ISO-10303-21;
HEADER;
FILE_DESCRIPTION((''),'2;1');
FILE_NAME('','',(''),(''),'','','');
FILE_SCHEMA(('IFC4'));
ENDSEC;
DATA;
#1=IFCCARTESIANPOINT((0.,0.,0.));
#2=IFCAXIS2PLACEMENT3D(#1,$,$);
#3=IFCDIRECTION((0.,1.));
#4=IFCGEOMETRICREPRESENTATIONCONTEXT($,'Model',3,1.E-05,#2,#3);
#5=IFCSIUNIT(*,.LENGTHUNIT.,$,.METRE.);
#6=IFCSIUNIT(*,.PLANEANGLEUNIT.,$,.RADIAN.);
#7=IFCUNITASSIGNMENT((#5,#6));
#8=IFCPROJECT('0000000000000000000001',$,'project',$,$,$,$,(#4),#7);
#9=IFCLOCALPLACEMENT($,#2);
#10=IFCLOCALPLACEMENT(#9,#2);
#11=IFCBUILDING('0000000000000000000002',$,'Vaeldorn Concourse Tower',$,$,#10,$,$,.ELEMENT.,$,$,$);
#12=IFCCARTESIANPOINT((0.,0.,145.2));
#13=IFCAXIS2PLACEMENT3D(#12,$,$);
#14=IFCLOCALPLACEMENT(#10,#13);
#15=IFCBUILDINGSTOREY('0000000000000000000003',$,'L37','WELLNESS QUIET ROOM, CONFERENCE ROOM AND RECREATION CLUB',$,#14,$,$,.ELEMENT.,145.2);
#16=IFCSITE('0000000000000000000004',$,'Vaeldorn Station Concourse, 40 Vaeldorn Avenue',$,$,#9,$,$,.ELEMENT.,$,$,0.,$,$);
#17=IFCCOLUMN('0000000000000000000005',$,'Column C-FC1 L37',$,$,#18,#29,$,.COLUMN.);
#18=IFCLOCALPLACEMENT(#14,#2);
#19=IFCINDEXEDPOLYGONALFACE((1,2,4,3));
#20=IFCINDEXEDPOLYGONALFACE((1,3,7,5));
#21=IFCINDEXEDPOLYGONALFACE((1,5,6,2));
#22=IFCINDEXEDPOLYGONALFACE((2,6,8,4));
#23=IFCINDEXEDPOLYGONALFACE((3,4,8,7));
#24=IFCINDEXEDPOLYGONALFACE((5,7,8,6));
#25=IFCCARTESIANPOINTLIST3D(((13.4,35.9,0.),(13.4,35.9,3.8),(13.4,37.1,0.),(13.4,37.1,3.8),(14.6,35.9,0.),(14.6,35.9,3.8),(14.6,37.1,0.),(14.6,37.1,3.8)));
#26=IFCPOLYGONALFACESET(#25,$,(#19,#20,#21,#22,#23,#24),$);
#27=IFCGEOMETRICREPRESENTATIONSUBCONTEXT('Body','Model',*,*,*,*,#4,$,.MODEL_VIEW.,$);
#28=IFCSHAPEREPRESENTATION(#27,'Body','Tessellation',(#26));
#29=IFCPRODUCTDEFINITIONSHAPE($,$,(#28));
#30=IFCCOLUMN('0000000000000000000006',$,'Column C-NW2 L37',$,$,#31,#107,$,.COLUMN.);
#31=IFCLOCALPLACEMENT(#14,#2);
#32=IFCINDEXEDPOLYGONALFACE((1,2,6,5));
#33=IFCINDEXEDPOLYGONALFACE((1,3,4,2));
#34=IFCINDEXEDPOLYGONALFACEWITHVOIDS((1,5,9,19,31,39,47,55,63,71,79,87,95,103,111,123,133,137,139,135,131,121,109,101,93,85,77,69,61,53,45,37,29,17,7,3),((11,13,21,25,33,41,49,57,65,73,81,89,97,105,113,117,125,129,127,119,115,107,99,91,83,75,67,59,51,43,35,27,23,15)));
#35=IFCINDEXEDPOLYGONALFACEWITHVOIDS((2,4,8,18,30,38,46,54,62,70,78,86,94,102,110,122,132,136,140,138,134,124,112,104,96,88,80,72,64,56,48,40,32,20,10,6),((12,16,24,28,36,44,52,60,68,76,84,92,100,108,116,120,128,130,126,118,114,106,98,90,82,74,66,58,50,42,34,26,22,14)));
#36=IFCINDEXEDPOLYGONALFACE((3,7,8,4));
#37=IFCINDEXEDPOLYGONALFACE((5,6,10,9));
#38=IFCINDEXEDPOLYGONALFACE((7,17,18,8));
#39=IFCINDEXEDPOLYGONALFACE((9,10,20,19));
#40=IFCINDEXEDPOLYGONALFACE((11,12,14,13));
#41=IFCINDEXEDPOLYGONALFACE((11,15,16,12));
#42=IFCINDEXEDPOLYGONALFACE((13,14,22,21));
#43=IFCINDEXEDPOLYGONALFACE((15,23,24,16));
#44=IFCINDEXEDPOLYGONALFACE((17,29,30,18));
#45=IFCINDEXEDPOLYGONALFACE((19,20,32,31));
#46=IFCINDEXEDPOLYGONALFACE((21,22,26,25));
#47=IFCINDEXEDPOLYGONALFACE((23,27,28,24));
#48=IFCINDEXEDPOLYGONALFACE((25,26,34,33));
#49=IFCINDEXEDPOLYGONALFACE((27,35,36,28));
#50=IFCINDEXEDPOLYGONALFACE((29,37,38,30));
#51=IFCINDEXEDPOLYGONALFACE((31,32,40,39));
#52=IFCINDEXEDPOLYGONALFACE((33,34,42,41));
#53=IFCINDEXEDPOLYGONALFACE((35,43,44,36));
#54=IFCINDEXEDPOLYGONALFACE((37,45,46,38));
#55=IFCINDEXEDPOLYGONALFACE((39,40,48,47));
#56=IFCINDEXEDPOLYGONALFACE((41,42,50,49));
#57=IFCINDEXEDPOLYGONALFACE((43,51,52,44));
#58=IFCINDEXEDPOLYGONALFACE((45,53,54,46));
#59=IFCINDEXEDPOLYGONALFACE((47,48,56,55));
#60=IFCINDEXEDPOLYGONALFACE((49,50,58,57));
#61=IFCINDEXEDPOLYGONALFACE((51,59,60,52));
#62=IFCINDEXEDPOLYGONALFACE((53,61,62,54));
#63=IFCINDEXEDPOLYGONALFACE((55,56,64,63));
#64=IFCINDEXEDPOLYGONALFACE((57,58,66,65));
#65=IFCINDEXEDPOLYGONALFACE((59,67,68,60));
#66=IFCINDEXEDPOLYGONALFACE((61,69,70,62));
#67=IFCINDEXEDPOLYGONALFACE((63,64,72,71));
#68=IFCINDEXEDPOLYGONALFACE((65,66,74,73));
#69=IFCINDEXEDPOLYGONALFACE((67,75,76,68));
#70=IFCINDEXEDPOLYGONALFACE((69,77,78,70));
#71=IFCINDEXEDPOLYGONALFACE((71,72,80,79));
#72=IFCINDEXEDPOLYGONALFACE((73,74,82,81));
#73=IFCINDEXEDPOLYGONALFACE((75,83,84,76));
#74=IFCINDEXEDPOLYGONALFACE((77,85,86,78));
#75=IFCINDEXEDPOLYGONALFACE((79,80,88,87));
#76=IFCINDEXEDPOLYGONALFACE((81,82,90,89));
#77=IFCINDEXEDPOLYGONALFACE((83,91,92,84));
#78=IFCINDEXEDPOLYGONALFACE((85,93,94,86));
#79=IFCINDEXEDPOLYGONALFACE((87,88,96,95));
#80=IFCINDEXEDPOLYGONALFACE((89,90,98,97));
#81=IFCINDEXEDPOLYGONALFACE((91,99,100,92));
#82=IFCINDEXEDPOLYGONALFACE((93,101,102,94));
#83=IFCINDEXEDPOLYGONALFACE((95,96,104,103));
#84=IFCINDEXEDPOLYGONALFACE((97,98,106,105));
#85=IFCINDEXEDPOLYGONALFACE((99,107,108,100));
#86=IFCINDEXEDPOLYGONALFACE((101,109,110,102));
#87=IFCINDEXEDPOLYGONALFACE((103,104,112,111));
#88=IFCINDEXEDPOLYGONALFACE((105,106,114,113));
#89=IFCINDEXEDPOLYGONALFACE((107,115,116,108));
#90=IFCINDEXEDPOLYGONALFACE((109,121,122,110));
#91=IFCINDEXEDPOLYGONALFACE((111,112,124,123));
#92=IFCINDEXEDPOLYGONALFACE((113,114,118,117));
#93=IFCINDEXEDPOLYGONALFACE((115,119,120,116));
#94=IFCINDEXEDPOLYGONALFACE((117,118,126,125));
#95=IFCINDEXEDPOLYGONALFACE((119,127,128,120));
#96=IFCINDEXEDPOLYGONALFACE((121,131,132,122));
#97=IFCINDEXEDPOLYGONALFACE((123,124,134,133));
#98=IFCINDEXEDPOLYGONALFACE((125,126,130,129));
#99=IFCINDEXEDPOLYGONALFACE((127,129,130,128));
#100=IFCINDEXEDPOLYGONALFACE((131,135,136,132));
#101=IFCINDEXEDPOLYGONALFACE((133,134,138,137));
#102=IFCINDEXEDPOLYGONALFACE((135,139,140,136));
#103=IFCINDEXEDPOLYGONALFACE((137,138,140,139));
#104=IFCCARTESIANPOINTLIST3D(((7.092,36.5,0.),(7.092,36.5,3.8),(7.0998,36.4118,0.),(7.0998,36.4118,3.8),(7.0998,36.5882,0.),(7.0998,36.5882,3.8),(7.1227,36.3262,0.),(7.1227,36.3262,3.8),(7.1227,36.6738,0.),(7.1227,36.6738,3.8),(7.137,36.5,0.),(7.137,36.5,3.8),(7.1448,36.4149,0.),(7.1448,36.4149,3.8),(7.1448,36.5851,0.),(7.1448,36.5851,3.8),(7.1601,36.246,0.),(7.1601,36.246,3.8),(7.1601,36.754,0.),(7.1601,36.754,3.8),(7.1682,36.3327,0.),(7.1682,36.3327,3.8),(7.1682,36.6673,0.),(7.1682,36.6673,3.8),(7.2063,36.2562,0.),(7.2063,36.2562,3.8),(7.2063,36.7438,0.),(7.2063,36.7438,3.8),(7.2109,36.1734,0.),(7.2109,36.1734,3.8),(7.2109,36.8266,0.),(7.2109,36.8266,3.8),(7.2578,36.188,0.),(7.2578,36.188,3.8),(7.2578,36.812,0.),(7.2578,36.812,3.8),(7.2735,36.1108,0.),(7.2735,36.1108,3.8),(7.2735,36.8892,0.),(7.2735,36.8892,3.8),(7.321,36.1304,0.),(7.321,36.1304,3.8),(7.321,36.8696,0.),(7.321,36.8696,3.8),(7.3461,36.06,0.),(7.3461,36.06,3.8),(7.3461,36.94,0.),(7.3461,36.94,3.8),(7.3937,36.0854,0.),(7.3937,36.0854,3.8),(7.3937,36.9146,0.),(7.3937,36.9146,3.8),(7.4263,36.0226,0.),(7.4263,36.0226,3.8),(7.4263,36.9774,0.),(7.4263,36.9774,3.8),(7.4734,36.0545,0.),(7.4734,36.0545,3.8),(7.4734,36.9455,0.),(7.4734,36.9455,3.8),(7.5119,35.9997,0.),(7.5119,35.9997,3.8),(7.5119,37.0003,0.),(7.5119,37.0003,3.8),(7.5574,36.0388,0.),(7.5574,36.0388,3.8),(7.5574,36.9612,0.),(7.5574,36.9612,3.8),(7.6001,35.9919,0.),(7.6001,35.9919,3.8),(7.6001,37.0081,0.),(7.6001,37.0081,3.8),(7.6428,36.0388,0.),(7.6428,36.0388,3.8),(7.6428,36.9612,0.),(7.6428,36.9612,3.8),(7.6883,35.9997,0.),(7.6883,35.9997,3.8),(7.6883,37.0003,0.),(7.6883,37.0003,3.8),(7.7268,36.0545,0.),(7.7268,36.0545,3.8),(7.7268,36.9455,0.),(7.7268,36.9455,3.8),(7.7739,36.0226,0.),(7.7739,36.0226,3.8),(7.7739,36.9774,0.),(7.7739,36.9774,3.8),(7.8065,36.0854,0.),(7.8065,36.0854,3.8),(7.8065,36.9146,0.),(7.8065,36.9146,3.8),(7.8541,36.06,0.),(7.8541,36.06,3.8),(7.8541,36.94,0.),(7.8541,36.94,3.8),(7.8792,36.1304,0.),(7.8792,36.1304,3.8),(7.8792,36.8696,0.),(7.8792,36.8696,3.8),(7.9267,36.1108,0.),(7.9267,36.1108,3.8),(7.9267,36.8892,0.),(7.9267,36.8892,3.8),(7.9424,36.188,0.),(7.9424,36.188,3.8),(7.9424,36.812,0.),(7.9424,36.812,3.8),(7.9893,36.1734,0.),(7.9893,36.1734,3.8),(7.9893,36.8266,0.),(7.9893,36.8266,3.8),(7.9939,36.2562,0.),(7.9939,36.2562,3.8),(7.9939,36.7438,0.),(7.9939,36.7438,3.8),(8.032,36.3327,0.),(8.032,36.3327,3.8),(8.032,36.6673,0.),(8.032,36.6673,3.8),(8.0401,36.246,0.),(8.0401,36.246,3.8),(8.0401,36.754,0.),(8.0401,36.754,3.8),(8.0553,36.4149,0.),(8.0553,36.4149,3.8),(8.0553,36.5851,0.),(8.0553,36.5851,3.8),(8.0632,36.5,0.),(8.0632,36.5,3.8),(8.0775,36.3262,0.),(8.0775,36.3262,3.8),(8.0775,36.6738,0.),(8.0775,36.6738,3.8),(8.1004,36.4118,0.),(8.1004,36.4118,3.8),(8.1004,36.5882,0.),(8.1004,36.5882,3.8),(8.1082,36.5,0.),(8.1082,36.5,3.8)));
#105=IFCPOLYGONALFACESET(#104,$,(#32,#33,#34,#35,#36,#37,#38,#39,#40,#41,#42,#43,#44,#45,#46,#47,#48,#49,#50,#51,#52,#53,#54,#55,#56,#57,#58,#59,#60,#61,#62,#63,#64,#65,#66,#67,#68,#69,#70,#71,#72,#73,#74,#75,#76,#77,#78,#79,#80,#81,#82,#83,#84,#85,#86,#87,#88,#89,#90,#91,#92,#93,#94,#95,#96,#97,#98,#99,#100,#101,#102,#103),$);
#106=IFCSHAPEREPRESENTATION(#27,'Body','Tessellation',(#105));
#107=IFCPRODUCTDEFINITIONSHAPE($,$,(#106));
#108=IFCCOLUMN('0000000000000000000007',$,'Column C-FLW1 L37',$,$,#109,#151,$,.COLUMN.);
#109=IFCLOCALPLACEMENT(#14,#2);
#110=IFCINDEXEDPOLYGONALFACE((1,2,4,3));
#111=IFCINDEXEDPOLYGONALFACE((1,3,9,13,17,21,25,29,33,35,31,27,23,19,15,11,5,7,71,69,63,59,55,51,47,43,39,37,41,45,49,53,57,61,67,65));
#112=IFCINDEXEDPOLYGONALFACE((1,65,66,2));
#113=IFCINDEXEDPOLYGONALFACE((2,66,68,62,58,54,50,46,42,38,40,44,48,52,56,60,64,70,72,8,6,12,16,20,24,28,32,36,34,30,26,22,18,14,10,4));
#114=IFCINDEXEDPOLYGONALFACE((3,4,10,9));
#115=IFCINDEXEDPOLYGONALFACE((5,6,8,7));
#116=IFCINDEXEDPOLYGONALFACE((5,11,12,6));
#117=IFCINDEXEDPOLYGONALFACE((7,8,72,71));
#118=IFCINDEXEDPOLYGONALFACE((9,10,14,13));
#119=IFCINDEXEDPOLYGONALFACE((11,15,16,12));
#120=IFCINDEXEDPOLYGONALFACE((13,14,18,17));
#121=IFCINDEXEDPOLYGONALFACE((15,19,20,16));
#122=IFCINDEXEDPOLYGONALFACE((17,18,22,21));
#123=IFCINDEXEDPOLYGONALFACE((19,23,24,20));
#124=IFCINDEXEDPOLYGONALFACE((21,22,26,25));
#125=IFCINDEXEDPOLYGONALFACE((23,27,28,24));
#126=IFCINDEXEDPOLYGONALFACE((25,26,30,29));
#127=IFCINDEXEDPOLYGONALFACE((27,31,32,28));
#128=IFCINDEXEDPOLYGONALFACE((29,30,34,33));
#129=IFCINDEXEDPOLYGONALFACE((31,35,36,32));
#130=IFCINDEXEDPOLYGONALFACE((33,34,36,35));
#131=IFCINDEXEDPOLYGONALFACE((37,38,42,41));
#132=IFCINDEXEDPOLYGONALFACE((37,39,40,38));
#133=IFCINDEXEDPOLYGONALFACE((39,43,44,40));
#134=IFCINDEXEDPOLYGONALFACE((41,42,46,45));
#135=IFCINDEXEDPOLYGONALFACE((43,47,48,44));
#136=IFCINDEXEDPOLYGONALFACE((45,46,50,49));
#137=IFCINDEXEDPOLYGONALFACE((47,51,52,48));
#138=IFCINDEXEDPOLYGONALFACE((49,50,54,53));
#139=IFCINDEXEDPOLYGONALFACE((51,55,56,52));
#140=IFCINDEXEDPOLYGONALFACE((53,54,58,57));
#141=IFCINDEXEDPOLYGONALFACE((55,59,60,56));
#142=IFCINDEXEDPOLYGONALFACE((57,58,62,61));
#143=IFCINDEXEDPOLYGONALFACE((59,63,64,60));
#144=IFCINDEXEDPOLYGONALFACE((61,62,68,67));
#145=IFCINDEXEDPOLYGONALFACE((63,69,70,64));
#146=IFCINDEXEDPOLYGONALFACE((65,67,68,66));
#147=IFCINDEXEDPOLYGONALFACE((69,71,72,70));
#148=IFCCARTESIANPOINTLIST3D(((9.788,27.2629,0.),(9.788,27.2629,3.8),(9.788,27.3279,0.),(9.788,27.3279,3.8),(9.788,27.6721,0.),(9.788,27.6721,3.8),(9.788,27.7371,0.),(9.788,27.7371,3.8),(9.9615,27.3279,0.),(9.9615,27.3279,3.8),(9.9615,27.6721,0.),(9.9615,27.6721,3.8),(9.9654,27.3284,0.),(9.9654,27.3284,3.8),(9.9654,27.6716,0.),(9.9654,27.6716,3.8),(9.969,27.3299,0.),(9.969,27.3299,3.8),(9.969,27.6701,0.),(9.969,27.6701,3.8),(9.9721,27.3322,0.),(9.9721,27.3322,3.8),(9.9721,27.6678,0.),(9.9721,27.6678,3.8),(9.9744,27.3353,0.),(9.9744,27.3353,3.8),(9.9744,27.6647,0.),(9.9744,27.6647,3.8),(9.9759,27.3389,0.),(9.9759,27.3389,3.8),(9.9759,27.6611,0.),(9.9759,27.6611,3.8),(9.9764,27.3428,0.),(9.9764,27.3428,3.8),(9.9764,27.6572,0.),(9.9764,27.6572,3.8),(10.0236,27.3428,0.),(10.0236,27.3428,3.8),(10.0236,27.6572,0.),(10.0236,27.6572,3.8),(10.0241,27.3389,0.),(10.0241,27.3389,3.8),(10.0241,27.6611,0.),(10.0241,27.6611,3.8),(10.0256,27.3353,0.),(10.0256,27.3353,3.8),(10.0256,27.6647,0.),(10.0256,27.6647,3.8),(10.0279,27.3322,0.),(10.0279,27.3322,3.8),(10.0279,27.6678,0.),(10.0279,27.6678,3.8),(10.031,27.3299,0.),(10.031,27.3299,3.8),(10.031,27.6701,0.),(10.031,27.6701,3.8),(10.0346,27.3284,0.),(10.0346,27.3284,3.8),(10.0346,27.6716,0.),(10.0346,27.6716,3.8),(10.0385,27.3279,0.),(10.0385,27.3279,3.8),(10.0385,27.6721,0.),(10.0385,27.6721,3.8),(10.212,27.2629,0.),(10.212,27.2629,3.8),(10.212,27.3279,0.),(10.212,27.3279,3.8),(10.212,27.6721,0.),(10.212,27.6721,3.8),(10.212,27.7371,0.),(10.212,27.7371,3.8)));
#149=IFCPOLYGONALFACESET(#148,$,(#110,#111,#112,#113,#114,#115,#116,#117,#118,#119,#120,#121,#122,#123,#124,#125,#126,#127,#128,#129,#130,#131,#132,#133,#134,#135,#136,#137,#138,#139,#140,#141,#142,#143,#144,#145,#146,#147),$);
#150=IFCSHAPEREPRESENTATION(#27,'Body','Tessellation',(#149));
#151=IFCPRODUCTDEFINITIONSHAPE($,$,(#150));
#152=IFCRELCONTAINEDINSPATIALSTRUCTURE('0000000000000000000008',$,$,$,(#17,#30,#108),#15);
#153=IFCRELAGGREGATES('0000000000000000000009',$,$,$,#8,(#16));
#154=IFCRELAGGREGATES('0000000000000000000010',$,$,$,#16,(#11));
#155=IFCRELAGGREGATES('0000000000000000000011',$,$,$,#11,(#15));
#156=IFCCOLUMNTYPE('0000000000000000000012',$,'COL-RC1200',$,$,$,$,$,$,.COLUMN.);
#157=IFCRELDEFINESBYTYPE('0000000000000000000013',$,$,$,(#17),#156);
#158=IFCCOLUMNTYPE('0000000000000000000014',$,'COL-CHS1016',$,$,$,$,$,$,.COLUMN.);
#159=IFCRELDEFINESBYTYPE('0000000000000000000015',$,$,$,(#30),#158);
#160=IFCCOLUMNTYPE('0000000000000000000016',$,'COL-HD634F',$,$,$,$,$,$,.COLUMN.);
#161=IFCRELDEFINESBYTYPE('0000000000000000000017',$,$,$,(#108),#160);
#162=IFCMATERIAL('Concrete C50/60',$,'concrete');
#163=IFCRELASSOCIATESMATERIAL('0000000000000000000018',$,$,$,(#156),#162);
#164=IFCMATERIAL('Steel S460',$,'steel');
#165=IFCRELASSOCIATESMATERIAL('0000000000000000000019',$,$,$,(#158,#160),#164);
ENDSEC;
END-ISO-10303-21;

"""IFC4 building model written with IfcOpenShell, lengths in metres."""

from ifc_helpers import new_model, si_unit, direction, frame, origin, origin_2d, place, context, subcontext, project, spatial, rectangle, hollow_circle, i_section, extrude, source, transform, mapped, material, material_profile, profile_set, type_object, element, save


model = new_model("IFC4")

# Units and contexts
model_context = context("Model", 3, precision=1e-05, world=origin(), true_north=direction((0.0, 1.0)))
body_context = subcontext(model_context, "Body", "Model", "MODEL_VIEW")
ifc_project = project(units=[si_unit("LENGTHUNIT", "METRE"), si_unit("PLANEANGLEUNIT", "RADIAN")], contexts=[model_context])

# Site, building, storey
site_placement = place(None, origin())
site = spatial("IfcSite", under=ifc_project, at=site_placement, Name="Vaeldorn Station Concourse, 40 Vaeldorn Avenue", CompositionType="ELEMENT", RefElevation=0.0)
building_placement = place(site_placement, origin())
building = spatial("IfcBuilding", under=site, at=building_placement, Name="Vaeldorn Concourse Tower", CompositionType="ELEMENT")
storey_placement = place(building_placement, frame((0.0, 0.0, 145.2)))
storey = spatial("IfcBuildingStorey", under=building, at=storey_placement, Name="L37", Description="WELLNESS QUIET ROOM, CONFERENCE ROOM AND RECREATION CLUB", CompositionType="ELEMENT", Elevation=145.2)

# Columns
ifc_material_1 = material(Name="Concrete C50/60", Category="concrete")
ifc_material_profile_1 = material_profile(ifc_material_1, rectangle(XDim=1.2, YDim=1.2, at=origin_2d()), Name="RC 1200x1200")
ifc_profile_set_1 = profile_set([ifc_material_profile_1], Name="Concrete C50/60")
column_type_1 = type_object("IfcColumnType", Name="COL-RC1200", PredefinedType="COLUMN", material=ifc_profile_set_1)
shared_shape_1 = source(origin(), body_context, "Body", "SweptSolid", [
    extrude(rectangle(XDim=1.2, YDim=1.2, at=origin_2d()), origin(), (0.0, 0.0, 1.0), 3.8),
])
column_1_placement = place(storey_placement, frame((14.0, 36.5, 0.0), z_axis=(0.0, 0.0, 1.0), x_axis=(1.0, 0.0, 0.0)))
element("IfcColumn", 1, at=column_1_placement, inside=storey, type_object=column_type_1, Name="Column C-FC1 L37", PredefinedType="COLUMN", context=body_context, shape_type="MappedRepresentation", body=[
    mapped(shared_shape_1, transform((0.0, 0.0, 0.0), scale=1.0)),
])
ifc_material_2 = material(Name="Steel S460", Category="steel")
ifc_material_profile_2 = material_profile(ifc_material_2, hollow_circle(Radius=0.5081, WallThickness=0.0449, at=origin_2d()), Name="CHS 1016x45")
ifc_profile_set_2 = profile_set([ifc_material_profile_2], Name="Steel S460")
column_type_2 = type_object("IfcColumnType", Name="COL-CHS1016", PredefinedType="COLUMN", material=ifc_profile_set_2)
shared_shape_2 = source(origin(), body_context, "Body", "SweptSolid", [
    extrude(hollow_circle(Radius=0.5081, WallThickness=0.0449, at=origin_2d()), origin(), (0.0, 0.0, 1.0), 3.8),
])
column_2_placement = place(storey_placement, frame((7.6001, 36.5, 0.0), z_axis=(0.0, 0.0, 1.0), x_axis=(1.0, 0.0, 0.0)))
element("IfcColumn", 2, at=column_2_placement, inside=storey, type_object=column_type_2, Name="Column C-NW2 L37", PredefinedType="COLUMN", context=body_context, shape_type="MappedRepresentation", body=[
    mapped(shared_shape_2, transform((0.0, 0.0, 0.0), scale=1.0)),
])
ifc_material_profile_3 = material_profile(ifc_material_2, i_section(OverallWidth=0.4241, OverallDepth=0.4741, WebThickness=0.0471, FlangeThickness=0.0649, FilletRadius=0.0149, at=origin_2d()), Name="HD 400x634")
ifc_profile_set_3 = profile_set([ifc_material_profile_3], Name="Steel S460")
column_type_3 = type_object("IfcColumnType", Name="COL-HD634F", PredefinedType="COLUMN", material=ifc_profile_set_3)
shared_shape_3 = source(origin(), body_context, "Body", "SweptSolid", [
    extrude(i_section(OverallWidth=0.4241, OverallDepth=0.4741, WebThickness=0.0471, FlangeThickness=0.0649, FilletRadius=0.0149, at=origin_2d()), origin(), (0.0, 0.0, 1.0), 3.8),
])
column_3_placement = place(storey_placement, frame((10.0, 27.5, 0.0), z_axis=(0.0, 0.0, 1.0), x_axis=(1.0, 0.0, 0.0)))
element("IfcColumn", 3, at=column_3_placement, inside=storey, type_object=column_type_3, Name="Column C-FLW1 L37", PredefinedType="COLUMN", context=body_context, shape_type="MappedRepresentation", body=[
    mapped(shared_shape_3, transform((0.0, 0.0, 0.0), scale=1.0)),
])

save(model, "model.ifc")
